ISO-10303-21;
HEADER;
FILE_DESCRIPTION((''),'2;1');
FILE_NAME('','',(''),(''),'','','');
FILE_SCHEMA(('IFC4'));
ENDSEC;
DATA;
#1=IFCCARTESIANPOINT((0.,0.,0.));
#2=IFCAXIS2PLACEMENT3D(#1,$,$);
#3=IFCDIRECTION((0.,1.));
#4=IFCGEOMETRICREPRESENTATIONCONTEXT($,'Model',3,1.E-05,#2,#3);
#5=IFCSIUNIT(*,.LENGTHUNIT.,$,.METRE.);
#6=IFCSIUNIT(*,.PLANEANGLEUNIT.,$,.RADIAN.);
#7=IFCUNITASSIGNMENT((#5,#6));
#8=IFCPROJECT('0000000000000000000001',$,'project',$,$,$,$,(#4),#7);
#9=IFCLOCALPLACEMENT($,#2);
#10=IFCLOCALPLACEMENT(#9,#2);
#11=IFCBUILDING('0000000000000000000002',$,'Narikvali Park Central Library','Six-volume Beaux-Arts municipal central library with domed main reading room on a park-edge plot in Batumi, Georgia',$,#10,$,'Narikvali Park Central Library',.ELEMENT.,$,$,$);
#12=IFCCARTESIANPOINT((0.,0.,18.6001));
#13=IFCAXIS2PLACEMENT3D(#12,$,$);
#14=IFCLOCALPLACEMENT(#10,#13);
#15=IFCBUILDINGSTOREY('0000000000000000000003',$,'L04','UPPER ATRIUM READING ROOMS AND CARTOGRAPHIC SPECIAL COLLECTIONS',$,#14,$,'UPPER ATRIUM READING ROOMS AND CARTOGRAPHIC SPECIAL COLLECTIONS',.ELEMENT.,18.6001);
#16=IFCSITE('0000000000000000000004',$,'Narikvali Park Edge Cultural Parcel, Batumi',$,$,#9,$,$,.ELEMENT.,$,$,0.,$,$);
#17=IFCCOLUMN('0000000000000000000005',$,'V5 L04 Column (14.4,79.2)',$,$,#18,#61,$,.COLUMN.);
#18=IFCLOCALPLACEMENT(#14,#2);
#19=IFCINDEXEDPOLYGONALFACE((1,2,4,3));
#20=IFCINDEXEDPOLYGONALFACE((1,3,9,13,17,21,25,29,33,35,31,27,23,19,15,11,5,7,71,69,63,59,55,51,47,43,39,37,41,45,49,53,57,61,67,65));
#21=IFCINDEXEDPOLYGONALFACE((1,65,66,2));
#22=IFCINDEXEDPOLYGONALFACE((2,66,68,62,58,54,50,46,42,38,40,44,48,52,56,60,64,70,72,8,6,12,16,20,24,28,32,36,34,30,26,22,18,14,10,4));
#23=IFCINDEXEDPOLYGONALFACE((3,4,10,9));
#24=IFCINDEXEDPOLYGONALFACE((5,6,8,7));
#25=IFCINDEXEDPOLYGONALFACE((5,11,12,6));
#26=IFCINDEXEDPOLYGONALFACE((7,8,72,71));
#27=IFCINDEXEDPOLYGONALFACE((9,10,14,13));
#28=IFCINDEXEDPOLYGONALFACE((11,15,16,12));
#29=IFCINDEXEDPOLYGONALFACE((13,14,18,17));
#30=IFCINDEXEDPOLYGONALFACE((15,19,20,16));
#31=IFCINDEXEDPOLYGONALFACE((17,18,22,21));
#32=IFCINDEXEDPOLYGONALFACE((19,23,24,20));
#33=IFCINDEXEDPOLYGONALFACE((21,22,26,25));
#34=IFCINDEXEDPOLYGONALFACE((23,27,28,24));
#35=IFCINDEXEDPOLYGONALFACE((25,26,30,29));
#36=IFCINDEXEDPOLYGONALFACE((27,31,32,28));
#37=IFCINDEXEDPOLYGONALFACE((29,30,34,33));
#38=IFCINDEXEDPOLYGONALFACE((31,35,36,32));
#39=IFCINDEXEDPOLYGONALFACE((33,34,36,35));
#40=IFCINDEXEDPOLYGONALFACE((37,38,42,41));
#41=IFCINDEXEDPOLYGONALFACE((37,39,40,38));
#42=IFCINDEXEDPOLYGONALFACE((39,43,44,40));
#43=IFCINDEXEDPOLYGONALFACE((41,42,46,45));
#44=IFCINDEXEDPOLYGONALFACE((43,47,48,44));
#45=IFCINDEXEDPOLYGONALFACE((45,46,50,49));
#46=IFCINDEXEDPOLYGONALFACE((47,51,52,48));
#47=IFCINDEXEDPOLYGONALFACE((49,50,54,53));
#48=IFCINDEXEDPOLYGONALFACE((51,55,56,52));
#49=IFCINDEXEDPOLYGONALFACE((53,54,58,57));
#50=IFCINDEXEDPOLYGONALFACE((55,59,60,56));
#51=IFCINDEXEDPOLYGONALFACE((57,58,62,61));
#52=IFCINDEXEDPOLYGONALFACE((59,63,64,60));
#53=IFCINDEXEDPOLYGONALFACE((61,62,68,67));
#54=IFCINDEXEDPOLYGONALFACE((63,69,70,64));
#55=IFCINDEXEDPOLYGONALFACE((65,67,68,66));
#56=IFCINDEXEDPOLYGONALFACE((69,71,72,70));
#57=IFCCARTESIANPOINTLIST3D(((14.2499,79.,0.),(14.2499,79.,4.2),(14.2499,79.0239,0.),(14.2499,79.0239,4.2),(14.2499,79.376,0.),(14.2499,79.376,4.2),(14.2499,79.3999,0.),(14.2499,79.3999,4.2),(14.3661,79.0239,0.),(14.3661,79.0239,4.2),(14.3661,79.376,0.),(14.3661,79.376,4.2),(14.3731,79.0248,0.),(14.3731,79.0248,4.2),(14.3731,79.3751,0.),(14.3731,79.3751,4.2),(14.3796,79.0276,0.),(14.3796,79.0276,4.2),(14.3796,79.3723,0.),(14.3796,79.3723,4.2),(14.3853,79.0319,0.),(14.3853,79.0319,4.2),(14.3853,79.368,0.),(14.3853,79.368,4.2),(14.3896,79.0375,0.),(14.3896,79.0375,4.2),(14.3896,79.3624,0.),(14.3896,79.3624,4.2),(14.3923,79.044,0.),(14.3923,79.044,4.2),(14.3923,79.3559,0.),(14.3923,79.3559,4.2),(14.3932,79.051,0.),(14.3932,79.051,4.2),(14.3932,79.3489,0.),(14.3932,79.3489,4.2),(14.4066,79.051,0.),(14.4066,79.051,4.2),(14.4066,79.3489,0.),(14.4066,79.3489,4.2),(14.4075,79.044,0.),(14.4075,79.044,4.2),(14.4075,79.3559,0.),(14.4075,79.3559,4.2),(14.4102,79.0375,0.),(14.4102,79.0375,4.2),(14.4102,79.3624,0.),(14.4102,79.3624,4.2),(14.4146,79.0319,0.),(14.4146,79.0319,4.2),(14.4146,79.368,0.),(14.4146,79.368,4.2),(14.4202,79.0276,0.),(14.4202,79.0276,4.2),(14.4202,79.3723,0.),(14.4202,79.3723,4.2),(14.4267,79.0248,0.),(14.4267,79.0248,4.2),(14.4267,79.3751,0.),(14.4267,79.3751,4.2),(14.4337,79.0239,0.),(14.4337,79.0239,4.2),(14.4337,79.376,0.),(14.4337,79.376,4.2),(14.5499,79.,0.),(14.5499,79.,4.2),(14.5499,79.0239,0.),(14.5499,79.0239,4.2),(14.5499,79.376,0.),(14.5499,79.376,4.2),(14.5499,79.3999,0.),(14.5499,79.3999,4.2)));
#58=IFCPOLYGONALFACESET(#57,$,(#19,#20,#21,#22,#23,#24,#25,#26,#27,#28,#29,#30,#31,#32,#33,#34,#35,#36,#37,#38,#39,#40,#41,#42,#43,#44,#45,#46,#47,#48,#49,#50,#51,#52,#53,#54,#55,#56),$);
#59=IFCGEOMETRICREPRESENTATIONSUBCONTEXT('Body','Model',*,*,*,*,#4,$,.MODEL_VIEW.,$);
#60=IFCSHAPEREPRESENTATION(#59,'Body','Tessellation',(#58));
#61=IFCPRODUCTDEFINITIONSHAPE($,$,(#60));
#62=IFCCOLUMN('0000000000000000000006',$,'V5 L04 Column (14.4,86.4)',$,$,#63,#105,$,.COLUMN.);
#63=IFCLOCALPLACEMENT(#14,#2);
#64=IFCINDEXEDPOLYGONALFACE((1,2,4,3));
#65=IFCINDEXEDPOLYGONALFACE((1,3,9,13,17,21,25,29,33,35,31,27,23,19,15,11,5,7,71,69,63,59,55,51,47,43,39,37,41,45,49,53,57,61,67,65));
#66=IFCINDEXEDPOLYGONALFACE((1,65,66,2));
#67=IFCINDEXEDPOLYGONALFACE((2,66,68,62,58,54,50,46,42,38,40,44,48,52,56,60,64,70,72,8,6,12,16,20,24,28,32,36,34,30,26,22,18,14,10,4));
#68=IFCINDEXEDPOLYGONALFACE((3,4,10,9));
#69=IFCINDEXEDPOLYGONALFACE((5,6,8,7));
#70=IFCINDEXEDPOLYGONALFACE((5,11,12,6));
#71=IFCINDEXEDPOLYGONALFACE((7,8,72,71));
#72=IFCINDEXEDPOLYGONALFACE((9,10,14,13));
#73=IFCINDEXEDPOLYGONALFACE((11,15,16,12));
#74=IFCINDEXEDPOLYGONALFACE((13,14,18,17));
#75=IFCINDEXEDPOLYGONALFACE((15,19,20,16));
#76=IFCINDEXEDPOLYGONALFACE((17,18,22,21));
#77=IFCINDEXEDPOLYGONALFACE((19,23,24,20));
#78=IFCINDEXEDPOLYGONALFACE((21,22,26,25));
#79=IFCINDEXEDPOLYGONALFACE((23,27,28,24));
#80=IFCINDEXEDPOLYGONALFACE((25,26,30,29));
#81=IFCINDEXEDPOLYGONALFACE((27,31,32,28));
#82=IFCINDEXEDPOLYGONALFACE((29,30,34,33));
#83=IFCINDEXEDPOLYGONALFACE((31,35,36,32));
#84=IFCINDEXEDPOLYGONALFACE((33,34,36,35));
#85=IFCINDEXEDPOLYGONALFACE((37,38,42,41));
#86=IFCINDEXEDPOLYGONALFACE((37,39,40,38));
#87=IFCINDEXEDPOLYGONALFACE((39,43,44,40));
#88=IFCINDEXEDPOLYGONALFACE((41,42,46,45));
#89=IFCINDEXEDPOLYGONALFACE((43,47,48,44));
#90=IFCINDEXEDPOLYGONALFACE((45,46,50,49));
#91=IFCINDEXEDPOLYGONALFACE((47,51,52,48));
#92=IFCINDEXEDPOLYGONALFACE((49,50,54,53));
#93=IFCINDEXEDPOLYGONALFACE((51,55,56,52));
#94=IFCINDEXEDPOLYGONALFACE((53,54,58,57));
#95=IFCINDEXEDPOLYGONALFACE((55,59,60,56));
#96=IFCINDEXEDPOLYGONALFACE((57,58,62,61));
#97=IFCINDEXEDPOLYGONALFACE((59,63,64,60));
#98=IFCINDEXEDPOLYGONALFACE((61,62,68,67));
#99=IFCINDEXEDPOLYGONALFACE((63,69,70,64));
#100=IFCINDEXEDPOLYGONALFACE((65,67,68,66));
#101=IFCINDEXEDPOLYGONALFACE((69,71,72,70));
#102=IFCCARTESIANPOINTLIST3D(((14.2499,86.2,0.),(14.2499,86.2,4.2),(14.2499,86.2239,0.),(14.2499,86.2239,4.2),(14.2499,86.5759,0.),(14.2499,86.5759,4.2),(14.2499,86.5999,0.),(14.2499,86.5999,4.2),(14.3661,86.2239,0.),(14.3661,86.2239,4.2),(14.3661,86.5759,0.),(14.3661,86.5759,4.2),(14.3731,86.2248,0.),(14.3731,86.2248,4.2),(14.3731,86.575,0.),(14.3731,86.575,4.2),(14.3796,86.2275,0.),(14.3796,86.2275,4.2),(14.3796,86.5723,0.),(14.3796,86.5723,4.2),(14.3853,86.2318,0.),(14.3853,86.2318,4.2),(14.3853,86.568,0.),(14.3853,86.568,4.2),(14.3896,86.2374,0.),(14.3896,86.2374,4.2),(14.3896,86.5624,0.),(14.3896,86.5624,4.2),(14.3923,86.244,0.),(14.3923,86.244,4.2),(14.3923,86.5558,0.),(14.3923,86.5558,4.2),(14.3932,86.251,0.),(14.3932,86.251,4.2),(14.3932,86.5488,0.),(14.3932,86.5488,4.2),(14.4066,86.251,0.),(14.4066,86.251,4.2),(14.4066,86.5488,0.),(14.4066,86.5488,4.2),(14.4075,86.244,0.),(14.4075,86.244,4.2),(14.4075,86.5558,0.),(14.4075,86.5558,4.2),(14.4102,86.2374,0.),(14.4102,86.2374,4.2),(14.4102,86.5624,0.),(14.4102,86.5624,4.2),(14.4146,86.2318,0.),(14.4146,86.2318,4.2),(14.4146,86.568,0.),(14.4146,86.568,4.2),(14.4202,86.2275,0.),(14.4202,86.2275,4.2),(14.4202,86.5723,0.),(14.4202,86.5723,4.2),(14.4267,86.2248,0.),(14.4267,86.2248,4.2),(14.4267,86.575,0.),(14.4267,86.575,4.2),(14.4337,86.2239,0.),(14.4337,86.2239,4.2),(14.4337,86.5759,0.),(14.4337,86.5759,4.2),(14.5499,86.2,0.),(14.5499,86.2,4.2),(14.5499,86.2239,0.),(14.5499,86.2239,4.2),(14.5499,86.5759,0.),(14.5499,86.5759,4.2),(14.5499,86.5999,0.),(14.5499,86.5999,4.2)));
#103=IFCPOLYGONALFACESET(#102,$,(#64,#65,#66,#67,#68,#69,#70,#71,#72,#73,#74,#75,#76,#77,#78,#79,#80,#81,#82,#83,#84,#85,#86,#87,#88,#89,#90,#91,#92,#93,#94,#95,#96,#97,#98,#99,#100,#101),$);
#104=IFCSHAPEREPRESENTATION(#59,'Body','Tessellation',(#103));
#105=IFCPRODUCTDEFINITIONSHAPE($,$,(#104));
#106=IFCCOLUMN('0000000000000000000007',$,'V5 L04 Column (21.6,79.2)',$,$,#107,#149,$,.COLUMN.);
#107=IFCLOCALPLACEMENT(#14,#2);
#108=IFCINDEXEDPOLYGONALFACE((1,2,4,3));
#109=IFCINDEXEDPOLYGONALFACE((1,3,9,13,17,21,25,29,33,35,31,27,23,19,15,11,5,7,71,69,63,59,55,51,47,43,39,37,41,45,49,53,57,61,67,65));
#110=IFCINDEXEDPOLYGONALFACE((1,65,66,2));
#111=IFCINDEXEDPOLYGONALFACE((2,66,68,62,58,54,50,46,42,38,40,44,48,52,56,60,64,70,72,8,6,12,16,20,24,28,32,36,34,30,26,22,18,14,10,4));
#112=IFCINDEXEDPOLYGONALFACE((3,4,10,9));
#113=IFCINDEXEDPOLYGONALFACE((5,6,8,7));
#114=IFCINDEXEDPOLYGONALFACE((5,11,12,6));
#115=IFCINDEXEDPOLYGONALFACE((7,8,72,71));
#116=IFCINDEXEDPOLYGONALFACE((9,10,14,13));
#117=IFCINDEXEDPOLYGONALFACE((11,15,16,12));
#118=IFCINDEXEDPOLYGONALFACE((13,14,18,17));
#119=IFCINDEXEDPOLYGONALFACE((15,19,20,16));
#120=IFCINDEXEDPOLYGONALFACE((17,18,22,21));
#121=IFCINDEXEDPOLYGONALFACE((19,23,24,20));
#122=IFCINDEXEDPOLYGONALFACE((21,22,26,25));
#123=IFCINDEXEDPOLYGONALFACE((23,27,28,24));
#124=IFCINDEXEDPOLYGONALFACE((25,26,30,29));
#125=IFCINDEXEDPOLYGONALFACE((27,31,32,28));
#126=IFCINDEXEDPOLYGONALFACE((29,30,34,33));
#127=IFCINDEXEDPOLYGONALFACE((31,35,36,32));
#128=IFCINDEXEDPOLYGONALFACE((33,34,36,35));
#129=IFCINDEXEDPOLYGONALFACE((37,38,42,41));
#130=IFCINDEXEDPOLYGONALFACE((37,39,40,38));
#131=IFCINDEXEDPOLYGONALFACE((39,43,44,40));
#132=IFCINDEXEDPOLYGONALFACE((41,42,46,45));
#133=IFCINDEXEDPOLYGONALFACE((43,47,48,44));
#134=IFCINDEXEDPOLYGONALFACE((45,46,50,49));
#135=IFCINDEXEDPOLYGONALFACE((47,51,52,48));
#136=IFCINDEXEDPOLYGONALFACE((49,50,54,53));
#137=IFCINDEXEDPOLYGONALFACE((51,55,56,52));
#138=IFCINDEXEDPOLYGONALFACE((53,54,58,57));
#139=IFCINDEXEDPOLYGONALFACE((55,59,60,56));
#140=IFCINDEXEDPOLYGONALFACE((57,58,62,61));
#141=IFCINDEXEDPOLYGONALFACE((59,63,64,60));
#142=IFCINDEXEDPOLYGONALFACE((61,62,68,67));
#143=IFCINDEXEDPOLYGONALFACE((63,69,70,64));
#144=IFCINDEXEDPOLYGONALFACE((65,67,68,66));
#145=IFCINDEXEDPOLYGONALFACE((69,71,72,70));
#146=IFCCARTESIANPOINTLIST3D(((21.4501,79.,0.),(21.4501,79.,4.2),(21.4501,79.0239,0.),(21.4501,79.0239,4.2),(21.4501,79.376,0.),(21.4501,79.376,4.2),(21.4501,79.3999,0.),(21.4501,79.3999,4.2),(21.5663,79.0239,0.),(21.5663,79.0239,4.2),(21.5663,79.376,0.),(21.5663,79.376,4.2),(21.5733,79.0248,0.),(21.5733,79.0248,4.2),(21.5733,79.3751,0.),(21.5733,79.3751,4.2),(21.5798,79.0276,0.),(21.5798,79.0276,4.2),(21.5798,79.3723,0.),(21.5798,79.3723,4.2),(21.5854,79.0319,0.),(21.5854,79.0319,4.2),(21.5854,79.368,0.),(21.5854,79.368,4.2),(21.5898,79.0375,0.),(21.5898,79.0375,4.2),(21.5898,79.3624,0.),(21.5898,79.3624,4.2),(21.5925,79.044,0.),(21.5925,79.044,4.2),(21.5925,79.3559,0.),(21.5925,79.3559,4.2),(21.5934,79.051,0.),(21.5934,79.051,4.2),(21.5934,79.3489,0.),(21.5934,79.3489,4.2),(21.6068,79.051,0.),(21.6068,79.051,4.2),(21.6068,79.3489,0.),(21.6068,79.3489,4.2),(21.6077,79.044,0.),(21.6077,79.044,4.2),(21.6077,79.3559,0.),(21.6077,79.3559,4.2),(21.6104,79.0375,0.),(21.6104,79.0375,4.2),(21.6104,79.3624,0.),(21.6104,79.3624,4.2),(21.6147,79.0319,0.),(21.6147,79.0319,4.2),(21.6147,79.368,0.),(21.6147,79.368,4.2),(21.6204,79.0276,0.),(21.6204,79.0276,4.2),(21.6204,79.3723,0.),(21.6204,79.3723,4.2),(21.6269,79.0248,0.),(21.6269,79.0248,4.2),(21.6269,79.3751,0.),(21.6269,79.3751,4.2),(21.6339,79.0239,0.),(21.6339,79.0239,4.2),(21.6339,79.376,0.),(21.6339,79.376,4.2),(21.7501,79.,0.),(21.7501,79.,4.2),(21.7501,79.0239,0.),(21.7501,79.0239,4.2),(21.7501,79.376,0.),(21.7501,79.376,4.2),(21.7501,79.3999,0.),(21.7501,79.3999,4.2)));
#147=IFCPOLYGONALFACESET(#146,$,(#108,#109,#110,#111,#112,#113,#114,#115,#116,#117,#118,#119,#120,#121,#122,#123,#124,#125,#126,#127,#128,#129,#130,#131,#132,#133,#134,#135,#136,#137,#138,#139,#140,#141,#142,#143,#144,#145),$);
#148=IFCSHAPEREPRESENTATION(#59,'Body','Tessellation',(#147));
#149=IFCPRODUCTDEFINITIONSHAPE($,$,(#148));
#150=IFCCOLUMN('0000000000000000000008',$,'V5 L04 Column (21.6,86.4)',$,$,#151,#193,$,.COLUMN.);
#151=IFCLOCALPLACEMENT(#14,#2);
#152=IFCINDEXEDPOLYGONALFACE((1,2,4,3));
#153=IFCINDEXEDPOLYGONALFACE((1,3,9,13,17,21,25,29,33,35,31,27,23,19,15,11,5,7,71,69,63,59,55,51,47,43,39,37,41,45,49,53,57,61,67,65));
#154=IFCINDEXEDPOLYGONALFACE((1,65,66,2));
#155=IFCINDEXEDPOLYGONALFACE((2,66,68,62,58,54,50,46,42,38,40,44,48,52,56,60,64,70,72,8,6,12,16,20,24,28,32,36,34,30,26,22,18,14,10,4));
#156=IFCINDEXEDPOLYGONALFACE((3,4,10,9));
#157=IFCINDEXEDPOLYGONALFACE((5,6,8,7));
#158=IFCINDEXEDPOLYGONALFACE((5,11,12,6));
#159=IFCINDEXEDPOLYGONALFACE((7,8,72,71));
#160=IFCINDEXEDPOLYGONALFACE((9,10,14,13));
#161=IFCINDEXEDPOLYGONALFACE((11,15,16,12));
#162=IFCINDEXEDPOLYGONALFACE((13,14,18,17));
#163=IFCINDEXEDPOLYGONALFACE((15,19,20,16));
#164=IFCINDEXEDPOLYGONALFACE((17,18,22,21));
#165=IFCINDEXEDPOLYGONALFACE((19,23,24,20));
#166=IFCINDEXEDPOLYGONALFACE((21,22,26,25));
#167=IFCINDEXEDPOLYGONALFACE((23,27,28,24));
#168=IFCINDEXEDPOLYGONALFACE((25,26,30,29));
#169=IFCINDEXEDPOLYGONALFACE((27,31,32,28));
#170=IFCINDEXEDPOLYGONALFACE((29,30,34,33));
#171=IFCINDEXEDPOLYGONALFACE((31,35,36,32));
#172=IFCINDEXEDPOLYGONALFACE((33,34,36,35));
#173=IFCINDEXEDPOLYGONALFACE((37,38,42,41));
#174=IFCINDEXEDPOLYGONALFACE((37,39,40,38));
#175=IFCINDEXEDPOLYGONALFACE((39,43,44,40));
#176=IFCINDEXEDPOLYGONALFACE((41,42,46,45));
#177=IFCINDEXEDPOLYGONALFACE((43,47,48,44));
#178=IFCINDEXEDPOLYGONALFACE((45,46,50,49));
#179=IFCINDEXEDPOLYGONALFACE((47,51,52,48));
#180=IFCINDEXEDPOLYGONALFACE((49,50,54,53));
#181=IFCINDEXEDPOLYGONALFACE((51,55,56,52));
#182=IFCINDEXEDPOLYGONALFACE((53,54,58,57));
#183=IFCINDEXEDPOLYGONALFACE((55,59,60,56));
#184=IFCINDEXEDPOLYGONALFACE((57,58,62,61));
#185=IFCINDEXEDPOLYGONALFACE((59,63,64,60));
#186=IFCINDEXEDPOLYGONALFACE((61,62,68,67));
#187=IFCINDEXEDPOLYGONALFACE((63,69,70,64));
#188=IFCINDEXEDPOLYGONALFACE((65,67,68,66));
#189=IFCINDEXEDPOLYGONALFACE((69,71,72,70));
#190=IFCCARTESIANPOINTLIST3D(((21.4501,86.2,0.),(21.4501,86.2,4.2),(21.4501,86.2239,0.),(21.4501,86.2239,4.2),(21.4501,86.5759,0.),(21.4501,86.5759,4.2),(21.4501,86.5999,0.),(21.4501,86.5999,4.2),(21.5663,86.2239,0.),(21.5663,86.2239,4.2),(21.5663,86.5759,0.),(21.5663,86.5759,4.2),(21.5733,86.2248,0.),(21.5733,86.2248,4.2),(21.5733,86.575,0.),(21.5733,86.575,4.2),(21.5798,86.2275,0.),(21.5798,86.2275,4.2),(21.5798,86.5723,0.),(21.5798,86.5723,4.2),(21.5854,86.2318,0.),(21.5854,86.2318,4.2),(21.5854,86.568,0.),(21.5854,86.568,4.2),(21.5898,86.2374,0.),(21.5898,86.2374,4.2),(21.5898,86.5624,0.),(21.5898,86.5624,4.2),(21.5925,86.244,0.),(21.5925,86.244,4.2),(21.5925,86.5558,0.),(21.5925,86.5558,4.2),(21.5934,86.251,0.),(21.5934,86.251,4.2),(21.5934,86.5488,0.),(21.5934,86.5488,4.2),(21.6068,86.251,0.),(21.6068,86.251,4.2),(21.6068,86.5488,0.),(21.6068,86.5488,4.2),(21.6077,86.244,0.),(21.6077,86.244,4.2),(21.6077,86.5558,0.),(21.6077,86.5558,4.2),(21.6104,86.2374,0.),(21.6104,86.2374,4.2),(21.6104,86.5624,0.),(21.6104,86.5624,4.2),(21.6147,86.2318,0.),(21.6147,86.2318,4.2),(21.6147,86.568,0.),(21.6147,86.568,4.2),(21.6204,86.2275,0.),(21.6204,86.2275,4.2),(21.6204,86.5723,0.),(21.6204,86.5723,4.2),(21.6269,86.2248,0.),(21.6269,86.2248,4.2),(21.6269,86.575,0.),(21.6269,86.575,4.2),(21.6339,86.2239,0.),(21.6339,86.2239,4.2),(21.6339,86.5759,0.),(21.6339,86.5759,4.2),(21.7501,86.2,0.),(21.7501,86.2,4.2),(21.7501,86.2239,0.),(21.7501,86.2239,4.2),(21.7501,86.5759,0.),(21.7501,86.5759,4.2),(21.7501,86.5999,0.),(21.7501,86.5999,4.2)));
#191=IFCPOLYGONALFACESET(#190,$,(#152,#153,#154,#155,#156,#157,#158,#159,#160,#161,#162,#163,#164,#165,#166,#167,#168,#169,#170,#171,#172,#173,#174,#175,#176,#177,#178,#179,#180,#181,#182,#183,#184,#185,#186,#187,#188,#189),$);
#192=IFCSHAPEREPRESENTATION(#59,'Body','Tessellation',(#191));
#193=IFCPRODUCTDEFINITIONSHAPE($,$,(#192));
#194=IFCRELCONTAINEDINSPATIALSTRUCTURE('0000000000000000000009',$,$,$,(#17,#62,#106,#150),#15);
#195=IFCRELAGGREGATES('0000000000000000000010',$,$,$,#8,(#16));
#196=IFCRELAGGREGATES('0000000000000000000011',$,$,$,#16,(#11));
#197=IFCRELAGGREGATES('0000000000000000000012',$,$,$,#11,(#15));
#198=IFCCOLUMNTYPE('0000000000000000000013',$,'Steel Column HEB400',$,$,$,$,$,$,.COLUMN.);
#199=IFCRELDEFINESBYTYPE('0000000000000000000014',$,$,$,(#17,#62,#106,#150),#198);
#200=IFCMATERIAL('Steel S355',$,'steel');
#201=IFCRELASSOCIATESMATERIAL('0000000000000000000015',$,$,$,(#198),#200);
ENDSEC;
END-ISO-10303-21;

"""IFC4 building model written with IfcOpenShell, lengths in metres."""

from ifc_helpers import new_model, si_unit, direction, frame, origin, origin_2d, place, context, subcontext, project, spatial, i_section, extrude, material, material_profile, profile_set, type_object, element, save


model = new_model("IFC4")

# Units and contexts
model_context = context("Model", 3, precision=1e-05, world=origin(), true_north=direction((0.0, 1.0)))
body_context = subcontext(model_context, "Body", "Model", "MODEL_VIEW")
ifc_project = project(units=[si_unit("LENGTHUNIT", "METRE"), si_unit("PLANEANGLEUNIT", "RADIAN")], contexts=[model_context])

# Site, building, storey
site_placement = place(None, origin())
site = spatial("IfcSite", under=ifc_project, at=site_placement, Name="Narikvali Park Edge Cultural Parcel, Batumi", CompositionType="ELEMENT", RefElevation=0.0)
building_placement = place(site_placement, origin())
building = spatial("IfcBuilding", under=site, at=building_placement, Name="Narikvali Park Central Library", Description="Six-volume Beaux-Arts municipal central library with domed main reading room on a park-edge plot in Batumi, Georgia", LongName="Narikvali Park Central Library", CompositionType="ELEMENT")
storey_placement = place(building_placement, frame((0.0, 0.0, 18.6001)))
storey = spatial("IfcBuildingStorey", under=building, at=storey_placement, Name="L04", Description="UPPER ATRIUM READING ROOMS AND CARTOGRAPHIC SPECIAL COLLECTIONS", LongName="UPPER ATRIUM READING ROOMS AND CARTOGRAPHIC SPECIAL COLLECTIONS", CompositionType="ELEMENT", Elevation=18.6001)

# Columns
ifc_material_1 = material(Name="Steel S355", Category="steel")
ifc_material_profile_1 = material_profile(ifc_material_1, i_section(OverallWidth=0.3, OverallDepth=0.3999, WebThickness=0.0134, FlangeThickness=0.0239, FilletRadius=0.0271, at=origin_2d()), Name="HEB 400")
ifc_profile_set_1 = profile_set([ifc_material_profile_1], Name="Steel S355")
column_type = type_object("IfcColumnType", Name="Steel Column HEB400", PredefinedType="COLUMN", material=ifc_profile_set_1)
for number, where, z_axis, x_axis, name in (
    (1, (14.3999, 79.2, 0.0), (0.0, 0.0, 1.0), (1.0, 0.0, 0.0), "V5 L04 Column (14.4,79.2)"),
    (2, (14.3999, 86.3999, 0.0), (0.0, 0.0, 1.0), (1.0, 0.0, 0.0), "V5 L04 Column (14.4,86.4)"),
    (3, (21.6001, 79.2, 0.0), (0.0, 0.0, 1.0), (1.0, 0.0, 0.0), "V5 L04 Column (21.6,79.2)"),
    (4, (21.6001, 86.3999, 0.0), (0.0, 0.0, 1.0), (1.0, 0.0, 0.0), "V5 L04 Column (21.6,86.4)"),
):
    element("IfcColumn", number, at=place(storey_placement, frame(where, z_axis=z_axis, x_axis=x_axis)), inside=storey, type_object=column_type, Name=name, PredefinedType="COLUMN", context=body_context, shape_type="SweptSolid", body=[
        extrude(i_section(OverallWidth=0.3, OverallDepth=0.3999, WebThickness=0.0134, FlangeThickness=0.0239, FilletRadius=0.0271, at=origin_2d()), origin(), (0.0, 0.0, 1.0), 4.2),
    ])

save(model, "model.ifc")
